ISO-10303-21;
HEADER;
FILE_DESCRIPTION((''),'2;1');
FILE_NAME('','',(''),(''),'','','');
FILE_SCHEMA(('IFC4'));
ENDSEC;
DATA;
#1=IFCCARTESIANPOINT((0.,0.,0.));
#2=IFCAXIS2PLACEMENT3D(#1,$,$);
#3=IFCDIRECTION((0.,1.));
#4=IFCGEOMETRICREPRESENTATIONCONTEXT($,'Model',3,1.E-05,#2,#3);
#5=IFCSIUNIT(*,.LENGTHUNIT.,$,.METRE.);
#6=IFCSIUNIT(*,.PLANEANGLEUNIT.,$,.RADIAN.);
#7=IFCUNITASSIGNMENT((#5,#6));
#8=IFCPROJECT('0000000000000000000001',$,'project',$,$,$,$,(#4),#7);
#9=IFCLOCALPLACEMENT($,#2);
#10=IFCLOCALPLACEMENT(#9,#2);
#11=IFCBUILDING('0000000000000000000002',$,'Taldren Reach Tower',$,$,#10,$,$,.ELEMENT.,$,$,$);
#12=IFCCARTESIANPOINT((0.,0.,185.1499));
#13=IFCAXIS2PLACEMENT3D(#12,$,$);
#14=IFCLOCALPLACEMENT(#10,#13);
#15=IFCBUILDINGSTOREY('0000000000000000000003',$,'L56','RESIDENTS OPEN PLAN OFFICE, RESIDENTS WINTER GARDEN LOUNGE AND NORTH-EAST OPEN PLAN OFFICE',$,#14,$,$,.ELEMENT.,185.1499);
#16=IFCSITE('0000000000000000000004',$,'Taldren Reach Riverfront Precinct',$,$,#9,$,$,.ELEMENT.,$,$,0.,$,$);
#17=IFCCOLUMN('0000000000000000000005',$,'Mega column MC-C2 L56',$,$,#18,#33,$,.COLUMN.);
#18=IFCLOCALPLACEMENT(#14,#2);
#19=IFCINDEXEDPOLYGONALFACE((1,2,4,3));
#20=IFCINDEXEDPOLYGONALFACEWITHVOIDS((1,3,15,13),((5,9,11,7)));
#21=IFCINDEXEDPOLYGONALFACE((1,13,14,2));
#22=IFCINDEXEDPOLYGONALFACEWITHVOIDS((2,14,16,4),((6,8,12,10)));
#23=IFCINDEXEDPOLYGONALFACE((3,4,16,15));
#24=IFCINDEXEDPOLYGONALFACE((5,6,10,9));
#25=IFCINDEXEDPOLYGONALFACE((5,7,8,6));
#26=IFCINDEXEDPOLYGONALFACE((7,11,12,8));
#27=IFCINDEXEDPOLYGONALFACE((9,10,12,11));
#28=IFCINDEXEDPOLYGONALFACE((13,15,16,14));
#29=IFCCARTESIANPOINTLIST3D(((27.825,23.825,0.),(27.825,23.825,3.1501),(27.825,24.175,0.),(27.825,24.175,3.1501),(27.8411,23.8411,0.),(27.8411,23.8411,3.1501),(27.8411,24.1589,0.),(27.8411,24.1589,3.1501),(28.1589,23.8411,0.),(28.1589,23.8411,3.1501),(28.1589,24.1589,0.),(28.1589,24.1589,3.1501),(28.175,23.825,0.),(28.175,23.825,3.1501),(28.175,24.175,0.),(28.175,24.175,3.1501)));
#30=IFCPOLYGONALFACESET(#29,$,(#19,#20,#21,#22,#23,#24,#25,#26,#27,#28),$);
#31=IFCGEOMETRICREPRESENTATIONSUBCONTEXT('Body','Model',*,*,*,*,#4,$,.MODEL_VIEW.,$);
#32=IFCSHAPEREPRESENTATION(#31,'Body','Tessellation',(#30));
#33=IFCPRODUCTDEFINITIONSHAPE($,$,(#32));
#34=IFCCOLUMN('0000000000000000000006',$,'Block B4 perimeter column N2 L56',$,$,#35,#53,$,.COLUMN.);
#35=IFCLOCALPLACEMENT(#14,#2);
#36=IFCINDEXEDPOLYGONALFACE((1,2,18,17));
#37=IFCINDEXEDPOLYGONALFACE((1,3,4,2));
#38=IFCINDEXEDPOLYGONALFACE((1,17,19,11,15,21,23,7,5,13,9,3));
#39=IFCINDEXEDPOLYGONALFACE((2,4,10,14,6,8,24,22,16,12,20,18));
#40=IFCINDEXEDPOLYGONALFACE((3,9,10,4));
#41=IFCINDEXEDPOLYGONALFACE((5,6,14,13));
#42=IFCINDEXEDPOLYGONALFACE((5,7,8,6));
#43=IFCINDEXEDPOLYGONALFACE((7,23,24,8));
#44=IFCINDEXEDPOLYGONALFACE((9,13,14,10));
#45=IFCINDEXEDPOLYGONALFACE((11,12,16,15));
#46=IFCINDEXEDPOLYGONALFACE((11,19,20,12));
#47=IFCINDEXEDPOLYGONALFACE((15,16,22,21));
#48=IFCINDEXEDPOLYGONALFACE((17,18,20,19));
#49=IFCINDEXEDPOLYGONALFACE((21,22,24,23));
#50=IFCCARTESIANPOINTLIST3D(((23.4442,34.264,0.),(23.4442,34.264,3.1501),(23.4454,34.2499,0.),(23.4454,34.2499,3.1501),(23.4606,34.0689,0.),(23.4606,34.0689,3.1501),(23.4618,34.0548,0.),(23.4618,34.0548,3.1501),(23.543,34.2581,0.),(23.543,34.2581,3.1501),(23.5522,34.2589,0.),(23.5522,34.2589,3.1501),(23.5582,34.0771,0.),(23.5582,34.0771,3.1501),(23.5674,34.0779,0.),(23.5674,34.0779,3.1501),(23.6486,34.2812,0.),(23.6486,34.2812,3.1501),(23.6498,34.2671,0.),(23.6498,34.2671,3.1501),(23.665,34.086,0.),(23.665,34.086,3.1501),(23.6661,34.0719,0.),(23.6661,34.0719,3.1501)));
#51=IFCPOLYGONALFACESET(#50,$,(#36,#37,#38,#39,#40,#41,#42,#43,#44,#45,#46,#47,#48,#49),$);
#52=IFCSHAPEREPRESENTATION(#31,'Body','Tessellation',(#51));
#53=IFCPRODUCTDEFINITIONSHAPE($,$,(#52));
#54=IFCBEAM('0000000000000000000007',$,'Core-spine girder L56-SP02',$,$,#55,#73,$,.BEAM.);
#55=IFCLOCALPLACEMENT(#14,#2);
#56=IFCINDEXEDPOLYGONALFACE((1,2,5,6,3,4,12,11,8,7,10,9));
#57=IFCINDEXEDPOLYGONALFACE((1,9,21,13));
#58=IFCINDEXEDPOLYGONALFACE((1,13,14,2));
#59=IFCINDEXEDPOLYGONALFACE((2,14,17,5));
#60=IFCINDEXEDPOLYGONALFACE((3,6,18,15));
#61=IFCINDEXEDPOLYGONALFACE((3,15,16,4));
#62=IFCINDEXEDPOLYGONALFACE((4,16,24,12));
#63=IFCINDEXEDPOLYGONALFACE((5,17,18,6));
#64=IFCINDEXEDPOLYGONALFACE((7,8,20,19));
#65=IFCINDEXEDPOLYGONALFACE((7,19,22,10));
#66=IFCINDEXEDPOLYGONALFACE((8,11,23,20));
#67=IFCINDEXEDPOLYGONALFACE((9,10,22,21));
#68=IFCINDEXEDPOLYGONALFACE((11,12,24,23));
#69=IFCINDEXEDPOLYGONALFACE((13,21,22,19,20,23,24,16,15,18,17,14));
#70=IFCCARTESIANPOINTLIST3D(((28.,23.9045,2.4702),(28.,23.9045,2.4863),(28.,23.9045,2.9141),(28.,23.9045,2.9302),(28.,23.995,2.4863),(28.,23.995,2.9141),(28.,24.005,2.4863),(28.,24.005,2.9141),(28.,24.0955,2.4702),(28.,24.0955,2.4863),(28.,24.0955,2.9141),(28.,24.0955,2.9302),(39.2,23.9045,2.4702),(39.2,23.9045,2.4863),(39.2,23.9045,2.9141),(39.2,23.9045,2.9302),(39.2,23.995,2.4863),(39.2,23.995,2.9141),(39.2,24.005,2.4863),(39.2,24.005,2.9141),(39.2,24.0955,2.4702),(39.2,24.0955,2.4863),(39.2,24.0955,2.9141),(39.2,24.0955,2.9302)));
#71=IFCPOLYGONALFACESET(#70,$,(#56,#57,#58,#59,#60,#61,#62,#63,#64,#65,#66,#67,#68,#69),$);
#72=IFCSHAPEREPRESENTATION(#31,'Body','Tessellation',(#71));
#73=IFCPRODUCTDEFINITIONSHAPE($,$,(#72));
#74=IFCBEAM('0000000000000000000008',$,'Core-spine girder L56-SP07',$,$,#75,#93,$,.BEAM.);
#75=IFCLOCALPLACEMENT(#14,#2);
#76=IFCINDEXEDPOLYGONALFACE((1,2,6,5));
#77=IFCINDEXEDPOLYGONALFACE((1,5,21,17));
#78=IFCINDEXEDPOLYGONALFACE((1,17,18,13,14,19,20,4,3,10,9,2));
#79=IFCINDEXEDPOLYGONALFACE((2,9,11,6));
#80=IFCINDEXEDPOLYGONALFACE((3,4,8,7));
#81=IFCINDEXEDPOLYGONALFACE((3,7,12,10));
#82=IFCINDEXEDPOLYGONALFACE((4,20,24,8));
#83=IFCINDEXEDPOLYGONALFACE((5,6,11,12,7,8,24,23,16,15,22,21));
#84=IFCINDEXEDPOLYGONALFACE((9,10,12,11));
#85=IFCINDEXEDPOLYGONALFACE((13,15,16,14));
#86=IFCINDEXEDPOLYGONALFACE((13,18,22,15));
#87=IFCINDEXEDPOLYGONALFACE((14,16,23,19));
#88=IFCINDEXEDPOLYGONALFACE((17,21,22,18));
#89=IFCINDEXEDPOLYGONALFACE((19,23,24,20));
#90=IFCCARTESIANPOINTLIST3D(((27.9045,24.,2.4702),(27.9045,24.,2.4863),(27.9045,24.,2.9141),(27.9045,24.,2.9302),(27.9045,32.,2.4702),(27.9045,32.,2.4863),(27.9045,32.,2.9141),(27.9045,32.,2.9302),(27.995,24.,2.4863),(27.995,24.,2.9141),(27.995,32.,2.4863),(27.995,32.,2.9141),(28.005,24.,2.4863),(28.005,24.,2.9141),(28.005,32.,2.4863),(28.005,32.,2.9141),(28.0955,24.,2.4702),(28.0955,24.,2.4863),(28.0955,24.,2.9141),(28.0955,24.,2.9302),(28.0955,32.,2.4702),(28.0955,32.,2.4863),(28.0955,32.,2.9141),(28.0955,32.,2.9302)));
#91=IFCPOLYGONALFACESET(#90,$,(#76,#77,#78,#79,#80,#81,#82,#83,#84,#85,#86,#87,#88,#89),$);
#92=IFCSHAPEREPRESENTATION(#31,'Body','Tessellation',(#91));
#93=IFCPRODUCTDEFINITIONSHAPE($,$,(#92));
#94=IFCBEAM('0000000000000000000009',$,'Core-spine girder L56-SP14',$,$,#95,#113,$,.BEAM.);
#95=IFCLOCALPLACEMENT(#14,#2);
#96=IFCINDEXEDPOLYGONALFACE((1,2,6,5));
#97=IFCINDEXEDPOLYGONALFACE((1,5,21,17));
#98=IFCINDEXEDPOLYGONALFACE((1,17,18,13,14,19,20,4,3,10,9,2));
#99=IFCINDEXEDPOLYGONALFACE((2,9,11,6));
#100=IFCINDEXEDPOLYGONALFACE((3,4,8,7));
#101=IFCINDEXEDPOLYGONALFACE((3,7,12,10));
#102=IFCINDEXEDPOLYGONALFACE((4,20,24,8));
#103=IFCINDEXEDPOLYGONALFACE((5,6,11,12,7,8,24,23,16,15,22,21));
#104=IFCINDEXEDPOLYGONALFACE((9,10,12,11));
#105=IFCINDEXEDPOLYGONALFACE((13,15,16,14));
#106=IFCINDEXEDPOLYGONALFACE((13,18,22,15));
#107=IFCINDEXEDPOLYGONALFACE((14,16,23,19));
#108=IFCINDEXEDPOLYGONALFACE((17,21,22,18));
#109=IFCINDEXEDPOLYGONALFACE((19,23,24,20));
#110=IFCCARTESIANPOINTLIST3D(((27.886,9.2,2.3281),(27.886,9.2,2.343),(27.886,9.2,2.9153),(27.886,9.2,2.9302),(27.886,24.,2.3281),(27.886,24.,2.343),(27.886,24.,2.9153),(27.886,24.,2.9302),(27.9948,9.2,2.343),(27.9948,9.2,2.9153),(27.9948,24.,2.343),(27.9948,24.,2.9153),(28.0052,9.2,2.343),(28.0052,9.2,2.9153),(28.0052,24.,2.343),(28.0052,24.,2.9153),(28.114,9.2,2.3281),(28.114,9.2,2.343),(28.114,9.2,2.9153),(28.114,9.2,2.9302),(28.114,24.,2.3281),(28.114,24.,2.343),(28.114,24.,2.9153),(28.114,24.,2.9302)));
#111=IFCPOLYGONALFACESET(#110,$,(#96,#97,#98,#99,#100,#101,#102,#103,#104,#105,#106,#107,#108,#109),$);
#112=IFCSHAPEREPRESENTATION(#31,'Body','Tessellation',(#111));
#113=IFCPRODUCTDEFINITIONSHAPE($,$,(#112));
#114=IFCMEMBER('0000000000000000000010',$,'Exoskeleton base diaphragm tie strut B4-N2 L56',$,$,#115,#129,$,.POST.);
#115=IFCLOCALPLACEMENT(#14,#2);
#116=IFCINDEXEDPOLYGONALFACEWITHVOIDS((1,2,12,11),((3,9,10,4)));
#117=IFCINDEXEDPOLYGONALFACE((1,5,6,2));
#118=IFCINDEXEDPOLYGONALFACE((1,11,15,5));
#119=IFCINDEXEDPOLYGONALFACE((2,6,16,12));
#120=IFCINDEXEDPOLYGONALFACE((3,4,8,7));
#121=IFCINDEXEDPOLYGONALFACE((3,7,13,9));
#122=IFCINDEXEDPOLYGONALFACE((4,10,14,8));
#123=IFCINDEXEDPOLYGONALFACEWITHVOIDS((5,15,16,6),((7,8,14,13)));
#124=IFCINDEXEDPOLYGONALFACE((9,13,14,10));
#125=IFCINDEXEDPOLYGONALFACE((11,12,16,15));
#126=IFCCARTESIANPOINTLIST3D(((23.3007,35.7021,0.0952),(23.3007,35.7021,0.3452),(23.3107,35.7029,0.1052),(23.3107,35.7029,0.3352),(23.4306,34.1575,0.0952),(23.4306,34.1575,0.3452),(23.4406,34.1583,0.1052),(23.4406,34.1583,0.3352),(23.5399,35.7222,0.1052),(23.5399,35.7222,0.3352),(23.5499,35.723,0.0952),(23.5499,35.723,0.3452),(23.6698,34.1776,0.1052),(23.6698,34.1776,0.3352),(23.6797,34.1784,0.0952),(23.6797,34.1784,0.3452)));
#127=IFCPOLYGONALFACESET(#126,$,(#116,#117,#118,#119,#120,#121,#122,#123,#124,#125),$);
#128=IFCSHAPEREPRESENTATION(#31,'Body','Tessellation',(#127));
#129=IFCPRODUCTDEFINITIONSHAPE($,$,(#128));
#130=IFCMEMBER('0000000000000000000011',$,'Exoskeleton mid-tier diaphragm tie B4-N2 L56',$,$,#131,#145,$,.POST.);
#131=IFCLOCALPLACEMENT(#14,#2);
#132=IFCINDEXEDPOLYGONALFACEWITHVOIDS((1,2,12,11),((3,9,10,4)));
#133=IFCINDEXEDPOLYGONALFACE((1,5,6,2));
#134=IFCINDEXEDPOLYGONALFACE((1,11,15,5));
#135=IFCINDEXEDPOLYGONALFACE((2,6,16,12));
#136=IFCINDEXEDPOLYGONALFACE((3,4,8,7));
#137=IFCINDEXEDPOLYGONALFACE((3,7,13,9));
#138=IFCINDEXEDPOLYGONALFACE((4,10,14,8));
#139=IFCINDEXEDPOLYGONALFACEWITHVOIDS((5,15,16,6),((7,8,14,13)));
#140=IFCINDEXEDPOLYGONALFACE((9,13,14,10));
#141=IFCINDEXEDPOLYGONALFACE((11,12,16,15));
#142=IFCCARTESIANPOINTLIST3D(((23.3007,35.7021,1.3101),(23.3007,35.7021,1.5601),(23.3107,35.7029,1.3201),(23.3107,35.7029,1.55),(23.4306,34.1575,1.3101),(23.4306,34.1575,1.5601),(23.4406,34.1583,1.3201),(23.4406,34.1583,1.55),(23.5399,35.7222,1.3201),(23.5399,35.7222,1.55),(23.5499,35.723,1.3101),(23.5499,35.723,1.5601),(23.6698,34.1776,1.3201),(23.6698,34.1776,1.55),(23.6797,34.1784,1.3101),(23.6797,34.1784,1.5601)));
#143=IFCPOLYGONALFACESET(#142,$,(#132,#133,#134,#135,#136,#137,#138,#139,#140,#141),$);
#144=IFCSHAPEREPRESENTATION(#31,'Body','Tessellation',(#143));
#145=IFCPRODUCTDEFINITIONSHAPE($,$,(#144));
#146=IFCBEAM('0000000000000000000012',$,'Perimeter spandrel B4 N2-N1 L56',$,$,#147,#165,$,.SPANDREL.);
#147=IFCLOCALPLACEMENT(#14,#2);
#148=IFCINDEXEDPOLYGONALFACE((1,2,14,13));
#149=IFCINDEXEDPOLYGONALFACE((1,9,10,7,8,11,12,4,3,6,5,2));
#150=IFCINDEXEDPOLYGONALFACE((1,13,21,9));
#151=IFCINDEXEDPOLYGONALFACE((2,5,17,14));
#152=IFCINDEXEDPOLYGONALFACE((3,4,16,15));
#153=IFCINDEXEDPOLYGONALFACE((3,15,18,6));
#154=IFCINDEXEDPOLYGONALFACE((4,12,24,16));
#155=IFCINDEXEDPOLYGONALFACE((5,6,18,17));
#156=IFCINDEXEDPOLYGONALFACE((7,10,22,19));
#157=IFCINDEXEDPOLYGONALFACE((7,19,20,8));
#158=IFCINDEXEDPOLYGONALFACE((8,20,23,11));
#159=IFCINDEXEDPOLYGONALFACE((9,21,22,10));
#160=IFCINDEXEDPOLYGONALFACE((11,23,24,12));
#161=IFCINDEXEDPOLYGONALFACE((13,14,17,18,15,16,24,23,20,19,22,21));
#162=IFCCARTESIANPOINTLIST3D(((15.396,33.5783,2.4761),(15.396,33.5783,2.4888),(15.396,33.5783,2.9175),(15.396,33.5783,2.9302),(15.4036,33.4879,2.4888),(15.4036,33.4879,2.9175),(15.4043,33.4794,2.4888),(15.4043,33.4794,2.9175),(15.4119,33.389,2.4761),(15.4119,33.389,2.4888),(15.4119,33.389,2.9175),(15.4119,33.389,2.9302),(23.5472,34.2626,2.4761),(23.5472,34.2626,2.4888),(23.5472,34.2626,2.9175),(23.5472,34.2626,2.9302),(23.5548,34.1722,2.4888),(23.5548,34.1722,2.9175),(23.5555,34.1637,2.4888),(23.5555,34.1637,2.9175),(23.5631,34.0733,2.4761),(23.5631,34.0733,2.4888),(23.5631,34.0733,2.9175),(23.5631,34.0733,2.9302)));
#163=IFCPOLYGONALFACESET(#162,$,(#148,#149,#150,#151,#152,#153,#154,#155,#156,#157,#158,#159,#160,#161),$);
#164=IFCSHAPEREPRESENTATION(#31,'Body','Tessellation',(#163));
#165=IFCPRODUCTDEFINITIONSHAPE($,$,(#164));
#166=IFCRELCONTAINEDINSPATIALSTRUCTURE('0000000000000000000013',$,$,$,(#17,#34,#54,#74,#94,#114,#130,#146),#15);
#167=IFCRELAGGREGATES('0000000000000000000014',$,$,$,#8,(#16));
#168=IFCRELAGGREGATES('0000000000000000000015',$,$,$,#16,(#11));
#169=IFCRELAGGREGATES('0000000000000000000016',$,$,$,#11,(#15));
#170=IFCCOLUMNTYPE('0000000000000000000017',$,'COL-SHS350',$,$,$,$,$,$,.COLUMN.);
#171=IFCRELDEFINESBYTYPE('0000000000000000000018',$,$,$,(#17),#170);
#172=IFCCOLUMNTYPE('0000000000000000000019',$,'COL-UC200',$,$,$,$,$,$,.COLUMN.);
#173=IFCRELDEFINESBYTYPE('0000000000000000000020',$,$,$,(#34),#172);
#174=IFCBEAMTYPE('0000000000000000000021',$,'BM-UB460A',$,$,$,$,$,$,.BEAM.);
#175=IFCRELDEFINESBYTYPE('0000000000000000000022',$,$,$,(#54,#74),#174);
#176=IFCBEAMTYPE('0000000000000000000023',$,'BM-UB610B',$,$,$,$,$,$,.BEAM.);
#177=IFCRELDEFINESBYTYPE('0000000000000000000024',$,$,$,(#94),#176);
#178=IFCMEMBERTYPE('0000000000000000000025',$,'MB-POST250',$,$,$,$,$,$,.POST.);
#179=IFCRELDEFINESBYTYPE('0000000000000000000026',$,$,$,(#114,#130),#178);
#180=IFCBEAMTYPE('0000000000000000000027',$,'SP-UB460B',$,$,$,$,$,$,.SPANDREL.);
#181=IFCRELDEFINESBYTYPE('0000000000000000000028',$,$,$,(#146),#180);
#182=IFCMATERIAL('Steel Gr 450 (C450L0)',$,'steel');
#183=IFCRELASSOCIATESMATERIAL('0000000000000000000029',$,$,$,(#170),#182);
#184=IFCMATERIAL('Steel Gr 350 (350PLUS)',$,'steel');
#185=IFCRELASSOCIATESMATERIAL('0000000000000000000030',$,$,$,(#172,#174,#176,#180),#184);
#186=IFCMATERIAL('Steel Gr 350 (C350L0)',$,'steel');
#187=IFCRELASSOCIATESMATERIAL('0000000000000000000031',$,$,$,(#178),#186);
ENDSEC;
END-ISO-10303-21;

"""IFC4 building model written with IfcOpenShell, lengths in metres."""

from ifc_helpers import new_model, si_unit, direction, frame, origin, origin_2d, place, context, subcontext, project, spatial, hollow_rectangle, i_section, extrude, source, transform, mapped, material, material_profile, profile_set, type_object, element, save


model = new_model("IFC4")

# Units and contexts
model_context = context("Model", 3, precision=1e-05, world=origin(), true_north=direction((0.0, 1.0)))
body_context = subcontext(model_context, "Body", "Model", "MODEL_VIEW")
ifc_project = project(units=[si_unit("LENGTHUNIT", "METRE"), si_unit("PLANEANGLEUNIT", "RADIAN")], contexts=[model_context])

# Site, building, storey
site_placement = place(None, origin())
site = spatial("IfcSite", under=ifc_project, at=site_placement, Name="Taldren Reach Riverfront Precinct", CompositionType="ELEMENT", RefElevation=0.0)
building_placement = place(site_placement, origin())
building = spatial("IfcBuilding", under=site, at=building_placement, Name="Taldren Reach Tower", CompositionType="ELEMENT")
storey_placement = place(building_placement, frame((0.0, 0.0, 185.1499)))
storey = spatial("IfcBuildingStorey", under=building, at=storey_placement, Name="L56", Description="RESIDENTS OPEN PLAN OFFICE, RESIDENTS WINTER GARDEN LOUNGE AND NORTH-EAST OPEN PLAN OFFICE", CompositionType="ELEMENT", Elevation=185.1499)

# Columns
ifc_material_1 = material(Name="Steel Gr 450 (C450L0)", Category="steel")
ifc_material_profile_1 = material_profile(ifc_material_1, hollow_rectangle(XDim=0.3501, YDim=0.3501, WallThickness=0.0161, at=origin_2d()), Name="350x350x16.0SHS")
ifc_profile_set_1 = profile_set([ifc_material_profile_1], Name="Steel Gr 450 (C450L0)")
column_type_1 = type_object("IfcColumnType", Name="COL-SHS350", PredefinedType="COLUMN", material=ifc_profile_set_1)
shared_shape_1 = source(origin(), body_context, "Body", "SweptSolid", [
    extrude(hollow_rectangle(XDim=0.3501, YDim=0.3501, WallThickness=0.0161, at=origin_2d()), origin(), (0.0, 0.0, 1.0), 3.1501),
])
column_1_placement = place(storey_placement, frame((28.0, 24.0, 0.0), z_axis=(0.0, 0.0, 1.0), x_axis=(1.0, 0.0, 0.0)))
element("IfcColumn", 1, at=column_1_placement, inside=storey, type_object=column_type_1, Name="Mega column MC-C2 L56", PredefinedType="COLUMN", context=body_context, shape_type="MappedRepresentation", body=[
    mapped(shared_shape_1, transform((0.0, 0.0, 0.0), scale=1.0)),
])
ifc_material_2 = material(Name="Steel Gr 350 (350PLUS)", Category="steel")
ifc_material_profile_2 = material_profile(ifc_material_2, i_section(OverallWidth=0.2051, OverallDepth=0.21, WebThickness=0.0093, FlangeThickness=0.0142, at=origin_2d()), Name="200UC59.5")
ifc_profile_set_2 = profile_set([ifc_material_profile_2], Name="Steel Gr 350 (350PLUS)")
column_type_2 = type_object("IfcColumnType", Name="COL-UC200", PredefinedType="COLUMN", material=ifc_profile_set_2)
shared_shape_2 = source(origin(), body_context, "Body", "SweptSolid", [
    extrude(i_section(OverallWidth=0.2051, OverallDepth=0.21, WebThickness=0.0093, FlangeThickness=0.0142, at=origin_2d()), origin(), (0.0, 0.0, 1.0), 3.1501),
])
column_2_placement = place(storey_placement, frame((23.5552, 34.168, 0.0), z_axis=(0.0, 0.0, 1.0), x_axis=(0.996493, 0.083678, 0.0)))
element("IfcColumn", 2, at=column_2_placement, inside=storey, type_object=column_type_2, Name="Block B4 perimeter column N2 L56", PredefinedType="COLUMN", context=body_context, shape_type="MappedRepresentation", body=[
    mapped(shared_shape_2, transform((0.0, 0.0, 0.0), scale=1.0)),
])

# Beams
ifc_material_profile_3 = material_profile(ifc_material_2, i_section(OverallWidth=0.1909, OverallDepth=0.46, WebThickness=0.01, FlangeThickness=0.0161, at=origin_2d()), Name="460UB82.1")
ifc_profile_set_3 = profile_set([ifc_material_profile_3], Name="Steel Gr 350 (350PLUS)")
beam_type_1 = type_object("IfcBeamType", Name="BM-UB460A", PredefinedType="BEAM", material=ifc_profile_set_3)
shared_shape_3 = source(origin(), body_context, "Body", "SweptSolid", [
    extrude(i_section(OverallWidth=0.1909, OverallDepth=0.46, WebThickness=0.01, FlangeThickness=0.0161, at=origin_2d()), origin(), (0.0, 0.0, 1.0), 11.2),
])
beam_1_placement = place(storey_placement, frame((28.0, 24.0, 2.7002), z_axis=(1.0, 0.0, 0.0), x_axis=(0.0, 1.0, 0.0)))
element("IfcBeam", 3, at=beam_1_placement, inside=storey, type_object=beam_type_1, Name="Core-spine girder L56-SP02", PredefinedType="BEAM", context=body_context, shape_type="MappedRepresentation", body=[
    mapped(shared_shape_3, transform((0.0, 0.0, 0.0), scale=1.0)),
])
shared_shape_4 = source(origin(), body_context, "Body", "SweptSolid", [
    extrude(i_section(OverallWidth=0.1909, OverallDepth=0.46, WebThickness=0.01, FlangeThickness=0.0161, at=origin_2d()), origin(), (0.0, 0.0, 1.0), 8.0),
])
beam_2_placement = place(storey_placement, frame((28.0, 24.0, 2.7002), z_axis=(0.0, 1.0, 0.0), x_axis=(-1.0, 0.0, 0.0)))
element("IfcBeam", 4, at=beam_2_placement, inside=storey, type_object=beam_type_1, Name="Core-spine girder L56-SP07", PredefinedType="BEAM", context=body_context, shape_type="MappedRepresentation", body=[
    mapped(shared_shape_4, transform((0.0, 0.0, 0.0), scale=1.0)),
])
ifc_material_profile_4 = material_profile(ifc_material_2, i_section(OverallWidth=0.228, OverallDepth=0.6021, WebThickness=0.0105, FlangeThickness=0.0149, at=origin_2d()), Name="610UB101")
ifc_profile_set_4 = profile_set([ifc_material_profile_4], Name="Steel Gr 350 (350PLUS)")
beam_type_2 = type_object("IfcBeamType", Name="BM-UB610B", PredefinedType="BEAM", material=ifc_profile_set_4)
shared_shape_5 = source(origin(), body_context, "Body", "SweptSolid", [
    extrude(i_section(OverallWidth=0.228, OverallDepth=0.6021, WebThickness=0.0105, FlangeThickness=0.0149, at=origin_2d()), origin(), (0.0, 0.0, 1.0), 14.8),
])
beam_3_placement = place(storey_placement, frame((28.0, 24.0, 2.6292), z_axis=(0.0, -1.0, 0.0), x_axis=(1.0, 0.0, 0.0)))
element("IfcBeam", 5, at=beam_3_placement, inside=storey, type_object=beam_type_2, Name="Core-spine girder L56-SP14", PredefinedType="BEAM", context=body_context, shape_type="MappedRepresentation", body=[
    mapped(shared_shape_5, transform((0.0, 0.0, 0.0), scale=1.0)),
])

# Members
ifc_material_3 = material(Name="Steel Gr 350 (C350L0)", Category="steel")
ifc_material_profile_5 = material_profile(ifc_material_3, hollow_rectangle(XDim=0.25, YDim=0.25, WallThickness=0.01, at=origin_2d()), Name="250x250x10.0SHS")
ifc_profile_set_5 = profile_set([ifc_material_profile_5], Name="Steel Gr 350 (C350L0)")
member_type_1 = type_object("IfcMemberType", Name="MB-POST250", PredefinedType="POST", material=ifc_profile_set_5)
shared_shape_6 = source(origin(), body_context, "Body", "SweptSolid", [
    extrude(hollow_rectangle(XDim=0.25, YDim=0.25, WallThickness=0.01, at=origin_2d()), origin(), (0.0, 0.0, 1.0), 1.55),
])
for number, where, z_axis, x_axis, name in (
    (6, (23.5552, 34.168, 0.2202), (-0.083788, 0.996484, 0.0), (-0.996484, -0.083788, 0.0), "Exoskeleton base diaphragm tie strut B4-N2 L56"),
    (7, (23.5552, 34.168, 1.4351), (-0.083788, 0.996484, 0.0), (-0.996484, -0.083788, 0.0), "Exoskeleton mid-tier diaphragm tie B4-N2 L56"),
):
    element("IfcMember", number, at=place(storey_placement, frame(where, z_axis=z_axis, x_axis=x_axis)), inside=storey, type_object=member_type_1, Name=name, PredefinedType="POST", context=body_context, shape_type="MappedRepresentation", body=[
        mapped(shared_shape_6, transform((0.0, 0.0, 0.0), scale=1.0)),
    ])

# Beam
ifc_material_profile_6 = material_profile(ifc_material_2, i_section(OverallWidth=0.1899, OverallDepth=0.4541, WebThickness=0.0085, FlangeThickness=0.0127, at=origin_2d()), Name="460UB67.1")
ifc_profile_set_6 = profile_set([ifc_material_profile_6], Name="Steel Gr 350 (350PLUS)")
beam_type_3 = type_object("IfcBeamType", Name="SP-UB460B", PredefinedType="SPANDREL", material=ifc_profile_set_6)
shared_shape_7 = source(origin(), body_context, "Body", "SweptSolid", [
    extrude(i_section(OverallWidth=0.1899, OverallDepth=0.4541, WebThickness=0.0085, FlangeThickness=0.0127, at=origin_2d()), origin(), (0.0, 0.0, 1.0), 8.1799),
])
beam_4_placement = place(storey_placement, frame((23.5552, 34.168, 2.7031), z_axis=(-0.996495, -0.083658, 0.0), x_axis=(0.083658, -0.996495, 0.0)))
element("IfcBeam", 8, at=beam_4_placement, inside=storey, type_object=beam_type_3, Name="Perimeter spandrel B4 N2-N1 L56", PredefinedType="SPANDREL", context=body_context, shape_type="MappedRepresentation", body=[
    mapped(shared_shape_7, transform((0.0, 0.0, 0.0), scale=1.0)),
])

save(model, "model.ifc")
